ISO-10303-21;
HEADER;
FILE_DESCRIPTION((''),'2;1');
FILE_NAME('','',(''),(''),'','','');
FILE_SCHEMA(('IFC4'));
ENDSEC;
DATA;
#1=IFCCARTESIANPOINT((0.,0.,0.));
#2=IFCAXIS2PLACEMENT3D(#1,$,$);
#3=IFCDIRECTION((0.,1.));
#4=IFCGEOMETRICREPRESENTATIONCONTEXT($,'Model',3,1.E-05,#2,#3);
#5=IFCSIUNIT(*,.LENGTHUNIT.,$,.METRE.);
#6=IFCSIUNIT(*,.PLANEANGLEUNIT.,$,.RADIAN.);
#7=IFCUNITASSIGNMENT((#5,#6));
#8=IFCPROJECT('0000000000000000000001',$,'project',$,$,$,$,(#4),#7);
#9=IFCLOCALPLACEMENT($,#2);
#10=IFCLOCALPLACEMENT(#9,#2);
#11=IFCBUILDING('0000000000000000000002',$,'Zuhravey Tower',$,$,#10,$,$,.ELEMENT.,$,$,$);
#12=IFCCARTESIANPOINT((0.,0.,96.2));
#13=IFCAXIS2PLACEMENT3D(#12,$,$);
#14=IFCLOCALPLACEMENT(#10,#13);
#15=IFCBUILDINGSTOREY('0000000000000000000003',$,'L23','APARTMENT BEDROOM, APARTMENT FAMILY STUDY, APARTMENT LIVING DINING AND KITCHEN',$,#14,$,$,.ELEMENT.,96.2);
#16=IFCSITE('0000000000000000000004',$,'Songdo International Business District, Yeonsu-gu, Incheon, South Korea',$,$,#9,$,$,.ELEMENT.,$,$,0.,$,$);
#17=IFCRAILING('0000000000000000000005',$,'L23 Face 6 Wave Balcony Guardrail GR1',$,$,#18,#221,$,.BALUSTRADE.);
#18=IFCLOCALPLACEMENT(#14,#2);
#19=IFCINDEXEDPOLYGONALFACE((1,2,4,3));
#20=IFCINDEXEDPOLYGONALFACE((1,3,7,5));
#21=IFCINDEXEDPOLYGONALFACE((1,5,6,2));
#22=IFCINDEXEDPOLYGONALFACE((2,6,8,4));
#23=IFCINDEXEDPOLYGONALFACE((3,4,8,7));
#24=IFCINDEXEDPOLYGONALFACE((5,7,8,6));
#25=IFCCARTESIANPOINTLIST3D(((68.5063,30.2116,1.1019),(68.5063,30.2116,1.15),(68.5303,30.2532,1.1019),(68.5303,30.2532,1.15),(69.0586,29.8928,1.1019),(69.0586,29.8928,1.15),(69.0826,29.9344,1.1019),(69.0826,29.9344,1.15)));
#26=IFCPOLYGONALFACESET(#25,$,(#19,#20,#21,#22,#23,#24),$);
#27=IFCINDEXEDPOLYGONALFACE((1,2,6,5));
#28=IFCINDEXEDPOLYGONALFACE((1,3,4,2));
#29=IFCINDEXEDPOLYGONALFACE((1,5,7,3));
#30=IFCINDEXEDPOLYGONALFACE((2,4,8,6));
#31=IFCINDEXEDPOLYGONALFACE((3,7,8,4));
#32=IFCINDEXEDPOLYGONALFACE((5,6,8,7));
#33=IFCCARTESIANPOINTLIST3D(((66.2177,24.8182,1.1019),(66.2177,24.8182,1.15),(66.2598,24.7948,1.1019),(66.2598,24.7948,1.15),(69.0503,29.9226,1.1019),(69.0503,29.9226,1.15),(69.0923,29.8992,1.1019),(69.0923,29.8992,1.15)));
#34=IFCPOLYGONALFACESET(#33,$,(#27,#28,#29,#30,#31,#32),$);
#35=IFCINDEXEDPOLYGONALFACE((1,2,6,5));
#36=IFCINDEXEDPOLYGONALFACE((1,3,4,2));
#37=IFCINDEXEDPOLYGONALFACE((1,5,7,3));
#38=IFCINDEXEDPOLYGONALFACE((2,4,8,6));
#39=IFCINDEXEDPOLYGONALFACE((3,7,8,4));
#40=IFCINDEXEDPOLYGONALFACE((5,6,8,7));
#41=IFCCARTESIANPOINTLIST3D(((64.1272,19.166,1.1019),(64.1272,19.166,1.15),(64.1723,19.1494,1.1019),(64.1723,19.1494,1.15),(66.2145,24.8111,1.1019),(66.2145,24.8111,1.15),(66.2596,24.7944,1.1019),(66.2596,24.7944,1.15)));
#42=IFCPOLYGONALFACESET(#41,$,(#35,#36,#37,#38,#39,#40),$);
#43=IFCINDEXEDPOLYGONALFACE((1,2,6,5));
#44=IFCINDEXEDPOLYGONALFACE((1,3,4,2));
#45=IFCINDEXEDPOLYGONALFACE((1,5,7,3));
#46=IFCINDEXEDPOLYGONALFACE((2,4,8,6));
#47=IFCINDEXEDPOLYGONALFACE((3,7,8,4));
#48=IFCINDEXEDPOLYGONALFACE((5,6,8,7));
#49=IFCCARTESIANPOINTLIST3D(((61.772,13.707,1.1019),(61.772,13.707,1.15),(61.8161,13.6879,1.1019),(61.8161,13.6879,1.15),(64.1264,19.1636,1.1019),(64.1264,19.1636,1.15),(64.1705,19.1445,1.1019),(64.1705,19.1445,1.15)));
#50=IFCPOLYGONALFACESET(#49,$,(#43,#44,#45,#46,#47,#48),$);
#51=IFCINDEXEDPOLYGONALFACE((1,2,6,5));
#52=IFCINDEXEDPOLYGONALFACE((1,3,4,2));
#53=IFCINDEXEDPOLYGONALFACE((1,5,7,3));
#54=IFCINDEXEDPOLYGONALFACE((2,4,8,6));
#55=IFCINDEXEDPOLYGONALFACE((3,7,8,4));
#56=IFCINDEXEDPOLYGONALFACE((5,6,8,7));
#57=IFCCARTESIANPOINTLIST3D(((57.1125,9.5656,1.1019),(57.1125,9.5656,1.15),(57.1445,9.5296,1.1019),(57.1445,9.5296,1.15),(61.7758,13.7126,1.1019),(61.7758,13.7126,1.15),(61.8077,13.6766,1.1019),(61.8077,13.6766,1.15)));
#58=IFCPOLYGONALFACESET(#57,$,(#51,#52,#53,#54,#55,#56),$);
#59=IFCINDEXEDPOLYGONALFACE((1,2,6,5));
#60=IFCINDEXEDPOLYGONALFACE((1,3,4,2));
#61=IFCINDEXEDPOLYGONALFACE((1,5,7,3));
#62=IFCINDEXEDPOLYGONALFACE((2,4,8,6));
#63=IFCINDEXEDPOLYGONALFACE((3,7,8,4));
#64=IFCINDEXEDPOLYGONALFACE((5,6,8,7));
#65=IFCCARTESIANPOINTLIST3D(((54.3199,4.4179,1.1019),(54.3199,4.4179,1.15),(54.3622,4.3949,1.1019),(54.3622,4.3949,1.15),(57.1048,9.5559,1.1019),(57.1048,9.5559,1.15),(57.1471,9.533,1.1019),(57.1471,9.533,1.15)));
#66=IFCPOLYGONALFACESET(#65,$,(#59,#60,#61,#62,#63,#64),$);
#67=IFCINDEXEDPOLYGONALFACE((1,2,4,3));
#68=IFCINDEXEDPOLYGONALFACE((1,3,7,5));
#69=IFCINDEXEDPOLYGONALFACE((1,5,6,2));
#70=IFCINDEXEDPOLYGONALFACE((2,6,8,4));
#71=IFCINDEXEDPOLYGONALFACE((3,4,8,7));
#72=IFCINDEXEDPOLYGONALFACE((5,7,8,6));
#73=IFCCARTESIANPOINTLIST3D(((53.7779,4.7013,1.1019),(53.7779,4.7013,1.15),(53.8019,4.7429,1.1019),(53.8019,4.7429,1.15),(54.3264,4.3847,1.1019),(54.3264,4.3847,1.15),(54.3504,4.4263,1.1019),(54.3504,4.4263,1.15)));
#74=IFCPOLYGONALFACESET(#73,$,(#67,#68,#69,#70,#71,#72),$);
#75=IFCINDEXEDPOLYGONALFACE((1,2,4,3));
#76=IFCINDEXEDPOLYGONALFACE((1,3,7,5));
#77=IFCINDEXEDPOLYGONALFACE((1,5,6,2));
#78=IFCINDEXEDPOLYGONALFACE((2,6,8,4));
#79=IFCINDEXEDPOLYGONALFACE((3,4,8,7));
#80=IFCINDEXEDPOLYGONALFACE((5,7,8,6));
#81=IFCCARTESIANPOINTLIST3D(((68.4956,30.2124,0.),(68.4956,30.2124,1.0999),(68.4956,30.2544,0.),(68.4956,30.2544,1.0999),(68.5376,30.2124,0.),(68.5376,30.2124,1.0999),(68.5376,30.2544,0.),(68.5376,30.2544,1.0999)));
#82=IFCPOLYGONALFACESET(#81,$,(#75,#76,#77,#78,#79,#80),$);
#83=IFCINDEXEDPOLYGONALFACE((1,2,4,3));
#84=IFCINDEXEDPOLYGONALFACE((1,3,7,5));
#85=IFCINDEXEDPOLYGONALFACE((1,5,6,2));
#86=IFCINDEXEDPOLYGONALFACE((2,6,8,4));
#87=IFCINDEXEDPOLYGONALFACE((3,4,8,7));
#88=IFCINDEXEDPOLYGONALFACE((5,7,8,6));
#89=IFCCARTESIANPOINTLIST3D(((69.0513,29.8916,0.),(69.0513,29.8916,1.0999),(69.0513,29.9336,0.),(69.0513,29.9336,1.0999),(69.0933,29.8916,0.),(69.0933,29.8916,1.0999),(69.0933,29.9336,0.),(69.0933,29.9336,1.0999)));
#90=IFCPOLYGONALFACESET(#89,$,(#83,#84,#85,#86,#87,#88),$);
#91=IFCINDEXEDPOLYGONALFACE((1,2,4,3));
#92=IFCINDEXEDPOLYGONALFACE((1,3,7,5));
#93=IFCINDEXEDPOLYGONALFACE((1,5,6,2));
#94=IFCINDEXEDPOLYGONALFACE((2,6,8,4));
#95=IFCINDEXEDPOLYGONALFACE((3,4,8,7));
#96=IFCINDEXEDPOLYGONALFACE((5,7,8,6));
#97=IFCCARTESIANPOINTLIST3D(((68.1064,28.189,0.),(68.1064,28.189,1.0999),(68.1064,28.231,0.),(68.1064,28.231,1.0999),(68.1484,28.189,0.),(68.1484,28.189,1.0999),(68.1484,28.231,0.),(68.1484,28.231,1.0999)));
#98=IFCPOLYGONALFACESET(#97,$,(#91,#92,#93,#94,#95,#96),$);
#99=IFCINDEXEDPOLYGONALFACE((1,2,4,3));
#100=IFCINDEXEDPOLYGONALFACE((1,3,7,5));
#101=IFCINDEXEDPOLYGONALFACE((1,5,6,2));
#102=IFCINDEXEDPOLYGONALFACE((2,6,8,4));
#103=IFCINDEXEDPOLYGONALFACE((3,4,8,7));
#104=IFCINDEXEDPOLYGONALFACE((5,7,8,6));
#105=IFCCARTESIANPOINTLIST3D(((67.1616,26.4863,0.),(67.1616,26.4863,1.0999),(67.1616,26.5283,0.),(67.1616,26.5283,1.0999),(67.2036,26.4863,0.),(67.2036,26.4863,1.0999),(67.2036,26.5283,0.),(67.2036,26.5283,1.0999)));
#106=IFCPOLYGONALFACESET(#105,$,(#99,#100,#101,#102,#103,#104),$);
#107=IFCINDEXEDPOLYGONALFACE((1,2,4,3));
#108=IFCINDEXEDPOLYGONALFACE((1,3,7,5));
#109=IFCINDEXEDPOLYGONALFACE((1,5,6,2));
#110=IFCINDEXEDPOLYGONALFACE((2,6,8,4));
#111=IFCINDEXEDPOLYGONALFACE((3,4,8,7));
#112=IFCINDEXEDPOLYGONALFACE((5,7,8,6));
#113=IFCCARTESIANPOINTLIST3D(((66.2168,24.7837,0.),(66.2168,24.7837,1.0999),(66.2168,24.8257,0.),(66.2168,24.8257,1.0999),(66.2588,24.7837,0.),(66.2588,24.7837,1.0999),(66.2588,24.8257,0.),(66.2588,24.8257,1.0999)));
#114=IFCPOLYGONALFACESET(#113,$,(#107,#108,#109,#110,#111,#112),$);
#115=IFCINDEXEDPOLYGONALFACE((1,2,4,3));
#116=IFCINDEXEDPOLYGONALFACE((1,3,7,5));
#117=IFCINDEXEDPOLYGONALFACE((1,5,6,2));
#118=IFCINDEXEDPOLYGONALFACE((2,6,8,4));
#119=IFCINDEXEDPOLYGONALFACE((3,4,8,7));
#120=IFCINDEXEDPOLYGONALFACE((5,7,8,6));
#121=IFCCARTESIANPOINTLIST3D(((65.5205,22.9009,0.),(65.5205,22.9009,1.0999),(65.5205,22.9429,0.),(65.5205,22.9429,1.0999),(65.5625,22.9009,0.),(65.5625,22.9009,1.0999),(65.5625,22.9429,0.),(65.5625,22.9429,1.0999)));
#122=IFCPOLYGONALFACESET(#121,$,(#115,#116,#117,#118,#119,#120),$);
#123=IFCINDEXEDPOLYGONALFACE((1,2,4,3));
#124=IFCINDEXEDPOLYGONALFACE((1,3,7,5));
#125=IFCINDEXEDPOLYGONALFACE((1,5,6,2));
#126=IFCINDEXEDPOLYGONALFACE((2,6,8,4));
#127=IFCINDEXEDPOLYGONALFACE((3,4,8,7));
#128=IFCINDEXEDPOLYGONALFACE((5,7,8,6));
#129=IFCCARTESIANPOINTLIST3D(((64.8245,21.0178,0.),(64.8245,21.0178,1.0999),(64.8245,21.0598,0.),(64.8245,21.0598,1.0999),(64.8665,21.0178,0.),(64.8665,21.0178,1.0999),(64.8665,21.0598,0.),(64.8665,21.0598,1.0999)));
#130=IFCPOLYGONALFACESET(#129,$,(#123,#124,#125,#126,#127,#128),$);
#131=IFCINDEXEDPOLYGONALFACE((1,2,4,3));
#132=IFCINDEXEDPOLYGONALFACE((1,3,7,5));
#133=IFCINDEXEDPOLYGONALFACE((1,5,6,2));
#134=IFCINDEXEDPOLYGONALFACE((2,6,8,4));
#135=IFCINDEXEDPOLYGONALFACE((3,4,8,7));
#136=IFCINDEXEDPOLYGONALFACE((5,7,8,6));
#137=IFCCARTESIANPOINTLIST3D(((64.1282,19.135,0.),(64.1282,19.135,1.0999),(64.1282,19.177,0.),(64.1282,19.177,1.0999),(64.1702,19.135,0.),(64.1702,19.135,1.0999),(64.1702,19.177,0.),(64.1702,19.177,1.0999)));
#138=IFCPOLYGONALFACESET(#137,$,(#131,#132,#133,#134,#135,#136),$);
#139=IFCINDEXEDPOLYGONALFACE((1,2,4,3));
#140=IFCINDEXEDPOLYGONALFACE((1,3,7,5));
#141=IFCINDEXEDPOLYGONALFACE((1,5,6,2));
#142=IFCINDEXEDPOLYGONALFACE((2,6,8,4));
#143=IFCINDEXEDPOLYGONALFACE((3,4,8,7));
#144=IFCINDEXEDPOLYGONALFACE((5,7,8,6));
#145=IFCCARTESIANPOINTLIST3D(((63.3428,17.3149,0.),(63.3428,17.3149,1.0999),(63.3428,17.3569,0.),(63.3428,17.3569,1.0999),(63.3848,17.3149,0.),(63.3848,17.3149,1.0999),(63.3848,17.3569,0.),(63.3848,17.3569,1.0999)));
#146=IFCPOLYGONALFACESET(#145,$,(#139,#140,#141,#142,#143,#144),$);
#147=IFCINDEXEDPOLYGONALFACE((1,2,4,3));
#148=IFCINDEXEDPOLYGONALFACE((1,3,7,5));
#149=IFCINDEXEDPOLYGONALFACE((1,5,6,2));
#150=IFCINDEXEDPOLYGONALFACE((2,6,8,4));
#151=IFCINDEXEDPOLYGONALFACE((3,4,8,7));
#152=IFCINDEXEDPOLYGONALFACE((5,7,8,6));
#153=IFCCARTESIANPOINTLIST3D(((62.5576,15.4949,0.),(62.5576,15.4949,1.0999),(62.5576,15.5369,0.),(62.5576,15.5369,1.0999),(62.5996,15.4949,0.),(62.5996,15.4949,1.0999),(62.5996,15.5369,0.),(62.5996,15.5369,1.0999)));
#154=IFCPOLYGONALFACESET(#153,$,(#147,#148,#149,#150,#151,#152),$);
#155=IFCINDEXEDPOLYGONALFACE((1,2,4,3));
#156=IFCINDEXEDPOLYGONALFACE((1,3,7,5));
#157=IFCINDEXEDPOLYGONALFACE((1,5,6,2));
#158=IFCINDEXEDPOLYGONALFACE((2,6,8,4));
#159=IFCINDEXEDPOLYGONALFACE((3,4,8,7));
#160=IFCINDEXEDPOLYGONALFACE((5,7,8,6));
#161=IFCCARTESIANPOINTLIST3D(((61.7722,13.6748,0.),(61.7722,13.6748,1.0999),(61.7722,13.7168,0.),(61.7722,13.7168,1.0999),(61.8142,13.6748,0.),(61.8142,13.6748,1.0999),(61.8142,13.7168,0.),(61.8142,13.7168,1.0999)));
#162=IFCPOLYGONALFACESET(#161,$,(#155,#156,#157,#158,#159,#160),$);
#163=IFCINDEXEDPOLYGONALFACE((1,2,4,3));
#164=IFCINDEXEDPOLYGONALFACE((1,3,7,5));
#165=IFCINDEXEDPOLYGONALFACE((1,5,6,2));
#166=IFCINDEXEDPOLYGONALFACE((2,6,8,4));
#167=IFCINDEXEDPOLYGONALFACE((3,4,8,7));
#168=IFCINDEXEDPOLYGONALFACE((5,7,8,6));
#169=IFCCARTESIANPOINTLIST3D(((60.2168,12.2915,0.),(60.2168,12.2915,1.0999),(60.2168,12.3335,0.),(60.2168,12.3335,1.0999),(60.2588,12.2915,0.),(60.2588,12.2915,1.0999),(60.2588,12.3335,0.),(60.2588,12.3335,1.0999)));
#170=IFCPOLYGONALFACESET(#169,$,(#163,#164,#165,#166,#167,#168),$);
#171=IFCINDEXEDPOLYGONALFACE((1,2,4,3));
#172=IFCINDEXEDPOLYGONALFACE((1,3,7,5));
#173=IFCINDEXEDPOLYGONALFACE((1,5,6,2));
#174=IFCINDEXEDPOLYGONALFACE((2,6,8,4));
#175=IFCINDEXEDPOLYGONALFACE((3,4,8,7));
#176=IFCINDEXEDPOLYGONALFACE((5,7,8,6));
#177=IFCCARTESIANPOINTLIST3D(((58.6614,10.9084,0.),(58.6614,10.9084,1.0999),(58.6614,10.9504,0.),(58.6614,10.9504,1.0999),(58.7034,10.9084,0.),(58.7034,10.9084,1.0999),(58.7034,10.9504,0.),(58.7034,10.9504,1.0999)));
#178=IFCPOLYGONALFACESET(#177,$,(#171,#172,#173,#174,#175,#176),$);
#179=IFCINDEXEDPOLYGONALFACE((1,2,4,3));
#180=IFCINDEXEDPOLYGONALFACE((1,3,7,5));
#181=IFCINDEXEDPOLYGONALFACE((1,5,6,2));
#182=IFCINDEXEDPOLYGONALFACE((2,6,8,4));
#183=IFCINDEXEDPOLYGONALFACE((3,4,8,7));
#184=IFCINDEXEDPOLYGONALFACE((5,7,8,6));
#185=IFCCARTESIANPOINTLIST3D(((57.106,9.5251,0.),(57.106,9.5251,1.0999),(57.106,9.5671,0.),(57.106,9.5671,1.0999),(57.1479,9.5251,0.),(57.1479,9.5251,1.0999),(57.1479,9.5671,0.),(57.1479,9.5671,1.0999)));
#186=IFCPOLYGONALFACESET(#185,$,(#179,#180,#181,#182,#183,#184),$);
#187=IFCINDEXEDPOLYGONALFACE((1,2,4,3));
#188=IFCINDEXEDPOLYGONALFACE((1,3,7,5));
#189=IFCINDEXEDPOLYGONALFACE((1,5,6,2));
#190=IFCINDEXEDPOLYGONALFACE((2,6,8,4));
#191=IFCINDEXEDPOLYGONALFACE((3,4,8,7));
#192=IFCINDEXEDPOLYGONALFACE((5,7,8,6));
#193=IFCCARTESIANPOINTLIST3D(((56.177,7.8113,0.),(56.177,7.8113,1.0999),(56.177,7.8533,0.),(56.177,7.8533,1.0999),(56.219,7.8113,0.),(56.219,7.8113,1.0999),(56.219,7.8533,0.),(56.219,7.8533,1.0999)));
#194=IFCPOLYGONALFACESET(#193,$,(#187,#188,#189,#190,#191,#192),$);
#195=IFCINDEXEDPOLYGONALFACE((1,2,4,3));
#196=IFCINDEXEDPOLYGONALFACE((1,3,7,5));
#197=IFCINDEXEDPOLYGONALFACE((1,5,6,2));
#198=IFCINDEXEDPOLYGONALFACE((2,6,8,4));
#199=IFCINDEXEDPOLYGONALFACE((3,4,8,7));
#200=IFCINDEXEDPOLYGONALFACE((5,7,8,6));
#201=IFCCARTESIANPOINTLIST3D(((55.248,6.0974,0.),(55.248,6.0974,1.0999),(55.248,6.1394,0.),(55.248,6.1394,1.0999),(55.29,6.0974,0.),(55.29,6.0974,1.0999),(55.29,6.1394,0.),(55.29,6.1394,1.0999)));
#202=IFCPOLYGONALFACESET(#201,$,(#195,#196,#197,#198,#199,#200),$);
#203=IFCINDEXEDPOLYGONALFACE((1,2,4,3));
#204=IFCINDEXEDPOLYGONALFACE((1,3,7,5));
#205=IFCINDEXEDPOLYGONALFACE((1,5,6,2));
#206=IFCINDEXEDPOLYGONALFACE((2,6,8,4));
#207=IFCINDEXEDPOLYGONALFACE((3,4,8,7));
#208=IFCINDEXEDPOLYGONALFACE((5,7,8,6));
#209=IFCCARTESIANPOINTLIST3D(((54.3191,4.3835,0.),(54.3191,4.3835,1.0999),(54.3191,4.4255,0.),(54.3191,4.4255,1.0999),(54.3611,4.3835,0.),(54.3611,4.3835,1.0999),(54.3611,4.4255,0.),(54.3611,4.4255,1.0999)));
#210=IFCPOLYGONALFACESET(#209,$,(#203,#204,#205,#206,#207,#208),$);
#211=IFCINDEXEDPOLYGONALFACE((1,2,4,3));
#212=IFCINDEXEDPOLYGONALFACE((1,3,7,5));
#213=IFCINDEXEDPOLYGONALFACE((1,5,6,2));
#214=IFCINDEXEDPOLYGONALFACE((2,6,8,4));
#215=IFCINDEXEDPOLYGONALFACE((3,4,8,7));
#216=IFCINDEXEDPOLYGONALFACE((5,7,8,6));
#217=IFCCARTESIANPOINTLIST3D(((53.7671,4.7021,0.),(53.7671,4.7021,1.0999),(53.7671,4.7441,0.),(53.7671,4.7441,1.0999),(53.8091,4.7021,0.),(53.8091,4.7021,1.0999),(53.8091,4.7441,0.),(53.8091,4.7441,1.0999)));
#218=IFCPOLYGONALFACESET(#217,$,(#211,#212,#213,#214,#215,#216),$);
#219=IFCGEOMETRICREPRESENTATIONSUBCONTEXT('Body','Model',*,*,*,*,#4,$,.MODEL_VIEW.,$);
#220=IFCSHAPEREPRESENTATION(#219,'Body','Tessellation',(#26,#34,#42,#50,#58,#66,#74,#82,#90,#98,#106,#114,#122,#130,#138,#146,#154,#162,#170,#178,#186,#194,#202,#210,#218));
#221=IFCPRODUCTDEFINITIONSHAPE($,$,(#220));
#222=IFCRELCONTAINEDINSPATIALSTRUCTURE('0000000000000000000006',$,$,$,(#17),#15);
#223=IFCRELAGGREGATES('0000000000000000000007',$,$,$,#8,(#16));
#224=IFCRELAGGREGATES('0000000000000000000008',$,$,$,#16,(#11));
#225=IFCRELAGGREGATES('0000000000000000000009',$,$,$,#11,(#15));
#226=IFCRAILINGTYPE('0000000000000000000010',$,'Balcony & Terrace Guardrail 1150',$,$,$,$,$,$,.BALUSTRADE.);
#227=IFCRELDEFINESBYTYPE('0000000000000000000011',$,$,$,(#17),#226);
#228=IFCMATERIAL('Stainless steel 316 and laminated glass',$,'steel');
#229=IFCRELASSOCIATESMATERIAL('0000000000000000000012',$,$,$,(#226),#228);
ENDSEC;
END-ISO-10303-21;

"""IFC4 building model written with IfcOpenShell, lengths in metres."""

from ifc_helpers import new_model, si_unit, direction, frame, origin, origin_2d, place, context, subcontext, project, spatial, rectangle, extrude, material, type_object, element, save


model = new_model("IFC4")

# Units and contexts
model_context = context("Model", 3, precision=1e-05, world=origin(), true_north=direction((0.0, 1.0)))
body_context = subcontext(model_context, "Body", "Model", "MODEL_VIEW")
ifc_project = project(units=[si_unit("LENGTHUNIT", "METRE"), si_unit("PLANEANGLEUNIT", "RADIAN")], contexts=[model_context])

# Site, building, storey
site_placement = place(None, origin())
site = spatial("IfcSite", under=ifc_project, at=site_placement, Name="Songdo International Business District, Yeonsu-gu, Incheon, South Korea", CompositionType="ELEMENT", RefElevation=0.0)
building_placement = place(site_placement, origin())
building = spatial("IfcBuilding", under=site, at=building_placement, Name="Zuhravey Tower", CompositionType="ELEMENT")
storey_placement = place(building_placement, frame((0.0, 0.0, 96.2)))
storey = spatial("IfcBuildingStorey", under=building, at=storey_placement, Name="L23", Description="APARTMENT BEDROOM, APARTMENT FAMILY STUDY, APARTMENT LIVING DINING AND KITCHEN", CompositionType="ELEMENT", Elevation=96.2)

# Railing
ifc_material_1 = material(Name="Stainless steel 316 and laminated glass", Category="steel")
railing_type = type_object("IfcRailingType", Name="Balcony & Terrace Guardrail 1150", PredefinedType="BALUSTRADE", material=ifc_material_1)
railing_placement = place(storey_placement, frame((68.5166, 30.2334, 0.0)))
element("IfcRailing", 1, at=railing_placement, inside=storey, type_object=railing_type, Name="L23 Face 6 Wave Balcony Guardrail GR1", PredefinedType="BALUSTRADE", context=body_context, shape_type="SweptSolid", body=[
    extrude(rectangle(XDim=0.0481, YDim=0.0481, at=origin_2d()), frame((0.0017, -0.001, 1.126), z_axis=(0.866034, -0.499986, 0.0), x_axis=(0.499986, 0.866034, 0.0)), (0.0, 0.0, 1.0), 0.6377),
    extrude(rectangle(XDim=0.0481, YDim=0.0481, at=origin_2d()), frame((0.5547, -0.3225, 1.126), z_axis=(-0.485217, -0.874394, 0.0), x_axis=(0.874394, -0.485217, 0.0)), (0.0, 0.0, 1.0), 5.8376),
    extrude(rectangle(XDim=0.0481, YDim=0.0481, at=origin_2d()), frame((-2.2795, -5.4307, 1.126), z_axis=(-0.346806, -0.937937, 0.0), x_axis=(0.937937, -0.346806, 0.0)), (0.0, 0.0, 1.0), 6.0186),
    extrude(rectangle(XDim=0.0481, YDim=0.0481, at=origin_2d()), frame((-4.3682, -11.0793, 1.126), z_axis=(-0.396173, -0.918176, 0.0), x_axis=(0.918176, -0.396173, 0.0)), (0.0, 0.0, 1.0), 5.9429),
    extrude(rectangle(XDim=0.0481, YDim=0.0481, at=origin_2d()), frame((-6.7249, -16.5388, 1.126), z_axis=(-0.74726, -0.664531, 0.0), x_axis=(0.664531, -0.74726, 0.0)), (0.0, 0.0, 1.0), 6.2405),
    extrude(rectangle(XDim=0.0481, YDim=0.0481, at=origin_2d()), frame((-11.3906, -20.689, 1.126), z_axis=(-0.476525, -0.879161, 0.0), x_axis=(0.879161, -0.476525, 0.0)), (0.0, 0.0, 1.0), 5.8442),
    extrude(rectangle(XDim=0.0481, YDim=0.0481, at=origin_2d()), frame((-14.1782, -25.8279, 1.126), z_axis=(-0.86609, 0.499888, 0.0), x_axis=(-0.499888, -0.86609, 0.0)), (0.0, 0.0, 1.0), 0.6333),
    extrude(rectangle(XDim=0.042, YDim=0.042, at=origin_2d()), origin(), (0.0, 0.0, 1.0), 1.0999),
    extrude(rectangle(XDim=0.042, YDim=0.042, at=origin_2d()), frame((0.5557, -0.3208, 0.0)), (0.0, 0.0, 1.0), 1.0999),
    extrude(rectangle(XDim=0.042, YDim=0.042, at=origin_2d()), frame((-0.3892, -2.0234, 0.0)), (0.0, 0.0, 1.0), 1.0999),
    extrude(rectangle(XDim=0.042, YDim=0.042, at=origin_2d()), frame((-1.334, -3.7261, 0.0)), (0.0, 0.0, 1.0), 1.0999),
    extrude(rectangle(XDim=0.042, YDim=0.042, at=origin_2d()), frame((-2.2788, -5.4287, 0.0)), (0.0, 0.0, 1.0), 1.0999),
    extrude(rectangle(XDim=0.042, YDim=0.042, at=origin_2d()), frame((-2.9751, -7.3115, 0.0)), (0.0, 0.0, 1.0), 1.0999),
    extrude(rectangle(XDim=0.042, YDim=0.042, at=origin_2d()), frame((-3.6711, -9.1946, 0.0)), (0.0, 0.0, 1.0), 1.0999),
    extrude(rectangle(XDim=0.042, YDim=0.042, at=origin_2d()), frame((-4.3674, -11.0774, 0.0)), (0.0, 0.0, 1.0), 1.0999),
    extrude(rectangle(XDim=0.042, YDim=0.042, at=origin_2d()), frame((-5.1528, -12.8975, 0.0)), (0.0, 0.0, 1.0), 1.0999),
    extrude(rectangle(XDim=0.042, YDim=0.042, at=origin_2d()), frame((-5.938, -14.7175, 0.0)), (0.0, 0.0, 1.0), 1.0999),
    extrude(rectangle(XDim=0.042, YDim=0.042, at=origin_2d()), frame((-6.7234, -16.5376, 0.0)), (0.0, 0.0, 1.0), 1.0999),
    extrude(rectangle(XDim=0.042, YDim=0.042, at=origin_2d()), frame((-8.2788, -17.9209, 0.0)), (0.0, 0.0, 1.0), 1.0999),
    extrude(rectangle(XDim=0.042, YDim=0.042, at=origin_2d()), frame((-9.8342, -19.304, 0.0)), (0.0, 0.0, 1.0), 1.0999),
    extrude(rectangle(XDim=0.042, YDim=0.042, at=origin_2d()), frame((-11.3896, -20.6873, 0.0)), (0.0, 0.0, 1.0), 1.0999),
    extrude(rectangle(XDim=0.042, YDim=0.042, at=origin_2d()), frame((-12.3186, -22.4011, 0.0)), (0.0, 0.0, 1.0), 1.0999),
    extrude(rectangle(XDim=0.042, YDim=0.042, at=origin_2d()), frame((-13.2476, -24.115, 0.0)), (0.0, 0.0, 1.0), 1.0999),
    extrude(rectangle(XDim=0.042, YDim=0.042, at=origin_2d()), frame((-14.1765, -25.8289, 0.0)), (0.0, 0.0, 1.0), 1.0999),
    extrude(rectangle(XDim=0.042, YDim=0.042, at=origin_2d()), frame((-14.7285, -25.5103, 0.0)), (0.0, 0.0, 1.0), 1.0999),
])

save(model, "model.ifc")
